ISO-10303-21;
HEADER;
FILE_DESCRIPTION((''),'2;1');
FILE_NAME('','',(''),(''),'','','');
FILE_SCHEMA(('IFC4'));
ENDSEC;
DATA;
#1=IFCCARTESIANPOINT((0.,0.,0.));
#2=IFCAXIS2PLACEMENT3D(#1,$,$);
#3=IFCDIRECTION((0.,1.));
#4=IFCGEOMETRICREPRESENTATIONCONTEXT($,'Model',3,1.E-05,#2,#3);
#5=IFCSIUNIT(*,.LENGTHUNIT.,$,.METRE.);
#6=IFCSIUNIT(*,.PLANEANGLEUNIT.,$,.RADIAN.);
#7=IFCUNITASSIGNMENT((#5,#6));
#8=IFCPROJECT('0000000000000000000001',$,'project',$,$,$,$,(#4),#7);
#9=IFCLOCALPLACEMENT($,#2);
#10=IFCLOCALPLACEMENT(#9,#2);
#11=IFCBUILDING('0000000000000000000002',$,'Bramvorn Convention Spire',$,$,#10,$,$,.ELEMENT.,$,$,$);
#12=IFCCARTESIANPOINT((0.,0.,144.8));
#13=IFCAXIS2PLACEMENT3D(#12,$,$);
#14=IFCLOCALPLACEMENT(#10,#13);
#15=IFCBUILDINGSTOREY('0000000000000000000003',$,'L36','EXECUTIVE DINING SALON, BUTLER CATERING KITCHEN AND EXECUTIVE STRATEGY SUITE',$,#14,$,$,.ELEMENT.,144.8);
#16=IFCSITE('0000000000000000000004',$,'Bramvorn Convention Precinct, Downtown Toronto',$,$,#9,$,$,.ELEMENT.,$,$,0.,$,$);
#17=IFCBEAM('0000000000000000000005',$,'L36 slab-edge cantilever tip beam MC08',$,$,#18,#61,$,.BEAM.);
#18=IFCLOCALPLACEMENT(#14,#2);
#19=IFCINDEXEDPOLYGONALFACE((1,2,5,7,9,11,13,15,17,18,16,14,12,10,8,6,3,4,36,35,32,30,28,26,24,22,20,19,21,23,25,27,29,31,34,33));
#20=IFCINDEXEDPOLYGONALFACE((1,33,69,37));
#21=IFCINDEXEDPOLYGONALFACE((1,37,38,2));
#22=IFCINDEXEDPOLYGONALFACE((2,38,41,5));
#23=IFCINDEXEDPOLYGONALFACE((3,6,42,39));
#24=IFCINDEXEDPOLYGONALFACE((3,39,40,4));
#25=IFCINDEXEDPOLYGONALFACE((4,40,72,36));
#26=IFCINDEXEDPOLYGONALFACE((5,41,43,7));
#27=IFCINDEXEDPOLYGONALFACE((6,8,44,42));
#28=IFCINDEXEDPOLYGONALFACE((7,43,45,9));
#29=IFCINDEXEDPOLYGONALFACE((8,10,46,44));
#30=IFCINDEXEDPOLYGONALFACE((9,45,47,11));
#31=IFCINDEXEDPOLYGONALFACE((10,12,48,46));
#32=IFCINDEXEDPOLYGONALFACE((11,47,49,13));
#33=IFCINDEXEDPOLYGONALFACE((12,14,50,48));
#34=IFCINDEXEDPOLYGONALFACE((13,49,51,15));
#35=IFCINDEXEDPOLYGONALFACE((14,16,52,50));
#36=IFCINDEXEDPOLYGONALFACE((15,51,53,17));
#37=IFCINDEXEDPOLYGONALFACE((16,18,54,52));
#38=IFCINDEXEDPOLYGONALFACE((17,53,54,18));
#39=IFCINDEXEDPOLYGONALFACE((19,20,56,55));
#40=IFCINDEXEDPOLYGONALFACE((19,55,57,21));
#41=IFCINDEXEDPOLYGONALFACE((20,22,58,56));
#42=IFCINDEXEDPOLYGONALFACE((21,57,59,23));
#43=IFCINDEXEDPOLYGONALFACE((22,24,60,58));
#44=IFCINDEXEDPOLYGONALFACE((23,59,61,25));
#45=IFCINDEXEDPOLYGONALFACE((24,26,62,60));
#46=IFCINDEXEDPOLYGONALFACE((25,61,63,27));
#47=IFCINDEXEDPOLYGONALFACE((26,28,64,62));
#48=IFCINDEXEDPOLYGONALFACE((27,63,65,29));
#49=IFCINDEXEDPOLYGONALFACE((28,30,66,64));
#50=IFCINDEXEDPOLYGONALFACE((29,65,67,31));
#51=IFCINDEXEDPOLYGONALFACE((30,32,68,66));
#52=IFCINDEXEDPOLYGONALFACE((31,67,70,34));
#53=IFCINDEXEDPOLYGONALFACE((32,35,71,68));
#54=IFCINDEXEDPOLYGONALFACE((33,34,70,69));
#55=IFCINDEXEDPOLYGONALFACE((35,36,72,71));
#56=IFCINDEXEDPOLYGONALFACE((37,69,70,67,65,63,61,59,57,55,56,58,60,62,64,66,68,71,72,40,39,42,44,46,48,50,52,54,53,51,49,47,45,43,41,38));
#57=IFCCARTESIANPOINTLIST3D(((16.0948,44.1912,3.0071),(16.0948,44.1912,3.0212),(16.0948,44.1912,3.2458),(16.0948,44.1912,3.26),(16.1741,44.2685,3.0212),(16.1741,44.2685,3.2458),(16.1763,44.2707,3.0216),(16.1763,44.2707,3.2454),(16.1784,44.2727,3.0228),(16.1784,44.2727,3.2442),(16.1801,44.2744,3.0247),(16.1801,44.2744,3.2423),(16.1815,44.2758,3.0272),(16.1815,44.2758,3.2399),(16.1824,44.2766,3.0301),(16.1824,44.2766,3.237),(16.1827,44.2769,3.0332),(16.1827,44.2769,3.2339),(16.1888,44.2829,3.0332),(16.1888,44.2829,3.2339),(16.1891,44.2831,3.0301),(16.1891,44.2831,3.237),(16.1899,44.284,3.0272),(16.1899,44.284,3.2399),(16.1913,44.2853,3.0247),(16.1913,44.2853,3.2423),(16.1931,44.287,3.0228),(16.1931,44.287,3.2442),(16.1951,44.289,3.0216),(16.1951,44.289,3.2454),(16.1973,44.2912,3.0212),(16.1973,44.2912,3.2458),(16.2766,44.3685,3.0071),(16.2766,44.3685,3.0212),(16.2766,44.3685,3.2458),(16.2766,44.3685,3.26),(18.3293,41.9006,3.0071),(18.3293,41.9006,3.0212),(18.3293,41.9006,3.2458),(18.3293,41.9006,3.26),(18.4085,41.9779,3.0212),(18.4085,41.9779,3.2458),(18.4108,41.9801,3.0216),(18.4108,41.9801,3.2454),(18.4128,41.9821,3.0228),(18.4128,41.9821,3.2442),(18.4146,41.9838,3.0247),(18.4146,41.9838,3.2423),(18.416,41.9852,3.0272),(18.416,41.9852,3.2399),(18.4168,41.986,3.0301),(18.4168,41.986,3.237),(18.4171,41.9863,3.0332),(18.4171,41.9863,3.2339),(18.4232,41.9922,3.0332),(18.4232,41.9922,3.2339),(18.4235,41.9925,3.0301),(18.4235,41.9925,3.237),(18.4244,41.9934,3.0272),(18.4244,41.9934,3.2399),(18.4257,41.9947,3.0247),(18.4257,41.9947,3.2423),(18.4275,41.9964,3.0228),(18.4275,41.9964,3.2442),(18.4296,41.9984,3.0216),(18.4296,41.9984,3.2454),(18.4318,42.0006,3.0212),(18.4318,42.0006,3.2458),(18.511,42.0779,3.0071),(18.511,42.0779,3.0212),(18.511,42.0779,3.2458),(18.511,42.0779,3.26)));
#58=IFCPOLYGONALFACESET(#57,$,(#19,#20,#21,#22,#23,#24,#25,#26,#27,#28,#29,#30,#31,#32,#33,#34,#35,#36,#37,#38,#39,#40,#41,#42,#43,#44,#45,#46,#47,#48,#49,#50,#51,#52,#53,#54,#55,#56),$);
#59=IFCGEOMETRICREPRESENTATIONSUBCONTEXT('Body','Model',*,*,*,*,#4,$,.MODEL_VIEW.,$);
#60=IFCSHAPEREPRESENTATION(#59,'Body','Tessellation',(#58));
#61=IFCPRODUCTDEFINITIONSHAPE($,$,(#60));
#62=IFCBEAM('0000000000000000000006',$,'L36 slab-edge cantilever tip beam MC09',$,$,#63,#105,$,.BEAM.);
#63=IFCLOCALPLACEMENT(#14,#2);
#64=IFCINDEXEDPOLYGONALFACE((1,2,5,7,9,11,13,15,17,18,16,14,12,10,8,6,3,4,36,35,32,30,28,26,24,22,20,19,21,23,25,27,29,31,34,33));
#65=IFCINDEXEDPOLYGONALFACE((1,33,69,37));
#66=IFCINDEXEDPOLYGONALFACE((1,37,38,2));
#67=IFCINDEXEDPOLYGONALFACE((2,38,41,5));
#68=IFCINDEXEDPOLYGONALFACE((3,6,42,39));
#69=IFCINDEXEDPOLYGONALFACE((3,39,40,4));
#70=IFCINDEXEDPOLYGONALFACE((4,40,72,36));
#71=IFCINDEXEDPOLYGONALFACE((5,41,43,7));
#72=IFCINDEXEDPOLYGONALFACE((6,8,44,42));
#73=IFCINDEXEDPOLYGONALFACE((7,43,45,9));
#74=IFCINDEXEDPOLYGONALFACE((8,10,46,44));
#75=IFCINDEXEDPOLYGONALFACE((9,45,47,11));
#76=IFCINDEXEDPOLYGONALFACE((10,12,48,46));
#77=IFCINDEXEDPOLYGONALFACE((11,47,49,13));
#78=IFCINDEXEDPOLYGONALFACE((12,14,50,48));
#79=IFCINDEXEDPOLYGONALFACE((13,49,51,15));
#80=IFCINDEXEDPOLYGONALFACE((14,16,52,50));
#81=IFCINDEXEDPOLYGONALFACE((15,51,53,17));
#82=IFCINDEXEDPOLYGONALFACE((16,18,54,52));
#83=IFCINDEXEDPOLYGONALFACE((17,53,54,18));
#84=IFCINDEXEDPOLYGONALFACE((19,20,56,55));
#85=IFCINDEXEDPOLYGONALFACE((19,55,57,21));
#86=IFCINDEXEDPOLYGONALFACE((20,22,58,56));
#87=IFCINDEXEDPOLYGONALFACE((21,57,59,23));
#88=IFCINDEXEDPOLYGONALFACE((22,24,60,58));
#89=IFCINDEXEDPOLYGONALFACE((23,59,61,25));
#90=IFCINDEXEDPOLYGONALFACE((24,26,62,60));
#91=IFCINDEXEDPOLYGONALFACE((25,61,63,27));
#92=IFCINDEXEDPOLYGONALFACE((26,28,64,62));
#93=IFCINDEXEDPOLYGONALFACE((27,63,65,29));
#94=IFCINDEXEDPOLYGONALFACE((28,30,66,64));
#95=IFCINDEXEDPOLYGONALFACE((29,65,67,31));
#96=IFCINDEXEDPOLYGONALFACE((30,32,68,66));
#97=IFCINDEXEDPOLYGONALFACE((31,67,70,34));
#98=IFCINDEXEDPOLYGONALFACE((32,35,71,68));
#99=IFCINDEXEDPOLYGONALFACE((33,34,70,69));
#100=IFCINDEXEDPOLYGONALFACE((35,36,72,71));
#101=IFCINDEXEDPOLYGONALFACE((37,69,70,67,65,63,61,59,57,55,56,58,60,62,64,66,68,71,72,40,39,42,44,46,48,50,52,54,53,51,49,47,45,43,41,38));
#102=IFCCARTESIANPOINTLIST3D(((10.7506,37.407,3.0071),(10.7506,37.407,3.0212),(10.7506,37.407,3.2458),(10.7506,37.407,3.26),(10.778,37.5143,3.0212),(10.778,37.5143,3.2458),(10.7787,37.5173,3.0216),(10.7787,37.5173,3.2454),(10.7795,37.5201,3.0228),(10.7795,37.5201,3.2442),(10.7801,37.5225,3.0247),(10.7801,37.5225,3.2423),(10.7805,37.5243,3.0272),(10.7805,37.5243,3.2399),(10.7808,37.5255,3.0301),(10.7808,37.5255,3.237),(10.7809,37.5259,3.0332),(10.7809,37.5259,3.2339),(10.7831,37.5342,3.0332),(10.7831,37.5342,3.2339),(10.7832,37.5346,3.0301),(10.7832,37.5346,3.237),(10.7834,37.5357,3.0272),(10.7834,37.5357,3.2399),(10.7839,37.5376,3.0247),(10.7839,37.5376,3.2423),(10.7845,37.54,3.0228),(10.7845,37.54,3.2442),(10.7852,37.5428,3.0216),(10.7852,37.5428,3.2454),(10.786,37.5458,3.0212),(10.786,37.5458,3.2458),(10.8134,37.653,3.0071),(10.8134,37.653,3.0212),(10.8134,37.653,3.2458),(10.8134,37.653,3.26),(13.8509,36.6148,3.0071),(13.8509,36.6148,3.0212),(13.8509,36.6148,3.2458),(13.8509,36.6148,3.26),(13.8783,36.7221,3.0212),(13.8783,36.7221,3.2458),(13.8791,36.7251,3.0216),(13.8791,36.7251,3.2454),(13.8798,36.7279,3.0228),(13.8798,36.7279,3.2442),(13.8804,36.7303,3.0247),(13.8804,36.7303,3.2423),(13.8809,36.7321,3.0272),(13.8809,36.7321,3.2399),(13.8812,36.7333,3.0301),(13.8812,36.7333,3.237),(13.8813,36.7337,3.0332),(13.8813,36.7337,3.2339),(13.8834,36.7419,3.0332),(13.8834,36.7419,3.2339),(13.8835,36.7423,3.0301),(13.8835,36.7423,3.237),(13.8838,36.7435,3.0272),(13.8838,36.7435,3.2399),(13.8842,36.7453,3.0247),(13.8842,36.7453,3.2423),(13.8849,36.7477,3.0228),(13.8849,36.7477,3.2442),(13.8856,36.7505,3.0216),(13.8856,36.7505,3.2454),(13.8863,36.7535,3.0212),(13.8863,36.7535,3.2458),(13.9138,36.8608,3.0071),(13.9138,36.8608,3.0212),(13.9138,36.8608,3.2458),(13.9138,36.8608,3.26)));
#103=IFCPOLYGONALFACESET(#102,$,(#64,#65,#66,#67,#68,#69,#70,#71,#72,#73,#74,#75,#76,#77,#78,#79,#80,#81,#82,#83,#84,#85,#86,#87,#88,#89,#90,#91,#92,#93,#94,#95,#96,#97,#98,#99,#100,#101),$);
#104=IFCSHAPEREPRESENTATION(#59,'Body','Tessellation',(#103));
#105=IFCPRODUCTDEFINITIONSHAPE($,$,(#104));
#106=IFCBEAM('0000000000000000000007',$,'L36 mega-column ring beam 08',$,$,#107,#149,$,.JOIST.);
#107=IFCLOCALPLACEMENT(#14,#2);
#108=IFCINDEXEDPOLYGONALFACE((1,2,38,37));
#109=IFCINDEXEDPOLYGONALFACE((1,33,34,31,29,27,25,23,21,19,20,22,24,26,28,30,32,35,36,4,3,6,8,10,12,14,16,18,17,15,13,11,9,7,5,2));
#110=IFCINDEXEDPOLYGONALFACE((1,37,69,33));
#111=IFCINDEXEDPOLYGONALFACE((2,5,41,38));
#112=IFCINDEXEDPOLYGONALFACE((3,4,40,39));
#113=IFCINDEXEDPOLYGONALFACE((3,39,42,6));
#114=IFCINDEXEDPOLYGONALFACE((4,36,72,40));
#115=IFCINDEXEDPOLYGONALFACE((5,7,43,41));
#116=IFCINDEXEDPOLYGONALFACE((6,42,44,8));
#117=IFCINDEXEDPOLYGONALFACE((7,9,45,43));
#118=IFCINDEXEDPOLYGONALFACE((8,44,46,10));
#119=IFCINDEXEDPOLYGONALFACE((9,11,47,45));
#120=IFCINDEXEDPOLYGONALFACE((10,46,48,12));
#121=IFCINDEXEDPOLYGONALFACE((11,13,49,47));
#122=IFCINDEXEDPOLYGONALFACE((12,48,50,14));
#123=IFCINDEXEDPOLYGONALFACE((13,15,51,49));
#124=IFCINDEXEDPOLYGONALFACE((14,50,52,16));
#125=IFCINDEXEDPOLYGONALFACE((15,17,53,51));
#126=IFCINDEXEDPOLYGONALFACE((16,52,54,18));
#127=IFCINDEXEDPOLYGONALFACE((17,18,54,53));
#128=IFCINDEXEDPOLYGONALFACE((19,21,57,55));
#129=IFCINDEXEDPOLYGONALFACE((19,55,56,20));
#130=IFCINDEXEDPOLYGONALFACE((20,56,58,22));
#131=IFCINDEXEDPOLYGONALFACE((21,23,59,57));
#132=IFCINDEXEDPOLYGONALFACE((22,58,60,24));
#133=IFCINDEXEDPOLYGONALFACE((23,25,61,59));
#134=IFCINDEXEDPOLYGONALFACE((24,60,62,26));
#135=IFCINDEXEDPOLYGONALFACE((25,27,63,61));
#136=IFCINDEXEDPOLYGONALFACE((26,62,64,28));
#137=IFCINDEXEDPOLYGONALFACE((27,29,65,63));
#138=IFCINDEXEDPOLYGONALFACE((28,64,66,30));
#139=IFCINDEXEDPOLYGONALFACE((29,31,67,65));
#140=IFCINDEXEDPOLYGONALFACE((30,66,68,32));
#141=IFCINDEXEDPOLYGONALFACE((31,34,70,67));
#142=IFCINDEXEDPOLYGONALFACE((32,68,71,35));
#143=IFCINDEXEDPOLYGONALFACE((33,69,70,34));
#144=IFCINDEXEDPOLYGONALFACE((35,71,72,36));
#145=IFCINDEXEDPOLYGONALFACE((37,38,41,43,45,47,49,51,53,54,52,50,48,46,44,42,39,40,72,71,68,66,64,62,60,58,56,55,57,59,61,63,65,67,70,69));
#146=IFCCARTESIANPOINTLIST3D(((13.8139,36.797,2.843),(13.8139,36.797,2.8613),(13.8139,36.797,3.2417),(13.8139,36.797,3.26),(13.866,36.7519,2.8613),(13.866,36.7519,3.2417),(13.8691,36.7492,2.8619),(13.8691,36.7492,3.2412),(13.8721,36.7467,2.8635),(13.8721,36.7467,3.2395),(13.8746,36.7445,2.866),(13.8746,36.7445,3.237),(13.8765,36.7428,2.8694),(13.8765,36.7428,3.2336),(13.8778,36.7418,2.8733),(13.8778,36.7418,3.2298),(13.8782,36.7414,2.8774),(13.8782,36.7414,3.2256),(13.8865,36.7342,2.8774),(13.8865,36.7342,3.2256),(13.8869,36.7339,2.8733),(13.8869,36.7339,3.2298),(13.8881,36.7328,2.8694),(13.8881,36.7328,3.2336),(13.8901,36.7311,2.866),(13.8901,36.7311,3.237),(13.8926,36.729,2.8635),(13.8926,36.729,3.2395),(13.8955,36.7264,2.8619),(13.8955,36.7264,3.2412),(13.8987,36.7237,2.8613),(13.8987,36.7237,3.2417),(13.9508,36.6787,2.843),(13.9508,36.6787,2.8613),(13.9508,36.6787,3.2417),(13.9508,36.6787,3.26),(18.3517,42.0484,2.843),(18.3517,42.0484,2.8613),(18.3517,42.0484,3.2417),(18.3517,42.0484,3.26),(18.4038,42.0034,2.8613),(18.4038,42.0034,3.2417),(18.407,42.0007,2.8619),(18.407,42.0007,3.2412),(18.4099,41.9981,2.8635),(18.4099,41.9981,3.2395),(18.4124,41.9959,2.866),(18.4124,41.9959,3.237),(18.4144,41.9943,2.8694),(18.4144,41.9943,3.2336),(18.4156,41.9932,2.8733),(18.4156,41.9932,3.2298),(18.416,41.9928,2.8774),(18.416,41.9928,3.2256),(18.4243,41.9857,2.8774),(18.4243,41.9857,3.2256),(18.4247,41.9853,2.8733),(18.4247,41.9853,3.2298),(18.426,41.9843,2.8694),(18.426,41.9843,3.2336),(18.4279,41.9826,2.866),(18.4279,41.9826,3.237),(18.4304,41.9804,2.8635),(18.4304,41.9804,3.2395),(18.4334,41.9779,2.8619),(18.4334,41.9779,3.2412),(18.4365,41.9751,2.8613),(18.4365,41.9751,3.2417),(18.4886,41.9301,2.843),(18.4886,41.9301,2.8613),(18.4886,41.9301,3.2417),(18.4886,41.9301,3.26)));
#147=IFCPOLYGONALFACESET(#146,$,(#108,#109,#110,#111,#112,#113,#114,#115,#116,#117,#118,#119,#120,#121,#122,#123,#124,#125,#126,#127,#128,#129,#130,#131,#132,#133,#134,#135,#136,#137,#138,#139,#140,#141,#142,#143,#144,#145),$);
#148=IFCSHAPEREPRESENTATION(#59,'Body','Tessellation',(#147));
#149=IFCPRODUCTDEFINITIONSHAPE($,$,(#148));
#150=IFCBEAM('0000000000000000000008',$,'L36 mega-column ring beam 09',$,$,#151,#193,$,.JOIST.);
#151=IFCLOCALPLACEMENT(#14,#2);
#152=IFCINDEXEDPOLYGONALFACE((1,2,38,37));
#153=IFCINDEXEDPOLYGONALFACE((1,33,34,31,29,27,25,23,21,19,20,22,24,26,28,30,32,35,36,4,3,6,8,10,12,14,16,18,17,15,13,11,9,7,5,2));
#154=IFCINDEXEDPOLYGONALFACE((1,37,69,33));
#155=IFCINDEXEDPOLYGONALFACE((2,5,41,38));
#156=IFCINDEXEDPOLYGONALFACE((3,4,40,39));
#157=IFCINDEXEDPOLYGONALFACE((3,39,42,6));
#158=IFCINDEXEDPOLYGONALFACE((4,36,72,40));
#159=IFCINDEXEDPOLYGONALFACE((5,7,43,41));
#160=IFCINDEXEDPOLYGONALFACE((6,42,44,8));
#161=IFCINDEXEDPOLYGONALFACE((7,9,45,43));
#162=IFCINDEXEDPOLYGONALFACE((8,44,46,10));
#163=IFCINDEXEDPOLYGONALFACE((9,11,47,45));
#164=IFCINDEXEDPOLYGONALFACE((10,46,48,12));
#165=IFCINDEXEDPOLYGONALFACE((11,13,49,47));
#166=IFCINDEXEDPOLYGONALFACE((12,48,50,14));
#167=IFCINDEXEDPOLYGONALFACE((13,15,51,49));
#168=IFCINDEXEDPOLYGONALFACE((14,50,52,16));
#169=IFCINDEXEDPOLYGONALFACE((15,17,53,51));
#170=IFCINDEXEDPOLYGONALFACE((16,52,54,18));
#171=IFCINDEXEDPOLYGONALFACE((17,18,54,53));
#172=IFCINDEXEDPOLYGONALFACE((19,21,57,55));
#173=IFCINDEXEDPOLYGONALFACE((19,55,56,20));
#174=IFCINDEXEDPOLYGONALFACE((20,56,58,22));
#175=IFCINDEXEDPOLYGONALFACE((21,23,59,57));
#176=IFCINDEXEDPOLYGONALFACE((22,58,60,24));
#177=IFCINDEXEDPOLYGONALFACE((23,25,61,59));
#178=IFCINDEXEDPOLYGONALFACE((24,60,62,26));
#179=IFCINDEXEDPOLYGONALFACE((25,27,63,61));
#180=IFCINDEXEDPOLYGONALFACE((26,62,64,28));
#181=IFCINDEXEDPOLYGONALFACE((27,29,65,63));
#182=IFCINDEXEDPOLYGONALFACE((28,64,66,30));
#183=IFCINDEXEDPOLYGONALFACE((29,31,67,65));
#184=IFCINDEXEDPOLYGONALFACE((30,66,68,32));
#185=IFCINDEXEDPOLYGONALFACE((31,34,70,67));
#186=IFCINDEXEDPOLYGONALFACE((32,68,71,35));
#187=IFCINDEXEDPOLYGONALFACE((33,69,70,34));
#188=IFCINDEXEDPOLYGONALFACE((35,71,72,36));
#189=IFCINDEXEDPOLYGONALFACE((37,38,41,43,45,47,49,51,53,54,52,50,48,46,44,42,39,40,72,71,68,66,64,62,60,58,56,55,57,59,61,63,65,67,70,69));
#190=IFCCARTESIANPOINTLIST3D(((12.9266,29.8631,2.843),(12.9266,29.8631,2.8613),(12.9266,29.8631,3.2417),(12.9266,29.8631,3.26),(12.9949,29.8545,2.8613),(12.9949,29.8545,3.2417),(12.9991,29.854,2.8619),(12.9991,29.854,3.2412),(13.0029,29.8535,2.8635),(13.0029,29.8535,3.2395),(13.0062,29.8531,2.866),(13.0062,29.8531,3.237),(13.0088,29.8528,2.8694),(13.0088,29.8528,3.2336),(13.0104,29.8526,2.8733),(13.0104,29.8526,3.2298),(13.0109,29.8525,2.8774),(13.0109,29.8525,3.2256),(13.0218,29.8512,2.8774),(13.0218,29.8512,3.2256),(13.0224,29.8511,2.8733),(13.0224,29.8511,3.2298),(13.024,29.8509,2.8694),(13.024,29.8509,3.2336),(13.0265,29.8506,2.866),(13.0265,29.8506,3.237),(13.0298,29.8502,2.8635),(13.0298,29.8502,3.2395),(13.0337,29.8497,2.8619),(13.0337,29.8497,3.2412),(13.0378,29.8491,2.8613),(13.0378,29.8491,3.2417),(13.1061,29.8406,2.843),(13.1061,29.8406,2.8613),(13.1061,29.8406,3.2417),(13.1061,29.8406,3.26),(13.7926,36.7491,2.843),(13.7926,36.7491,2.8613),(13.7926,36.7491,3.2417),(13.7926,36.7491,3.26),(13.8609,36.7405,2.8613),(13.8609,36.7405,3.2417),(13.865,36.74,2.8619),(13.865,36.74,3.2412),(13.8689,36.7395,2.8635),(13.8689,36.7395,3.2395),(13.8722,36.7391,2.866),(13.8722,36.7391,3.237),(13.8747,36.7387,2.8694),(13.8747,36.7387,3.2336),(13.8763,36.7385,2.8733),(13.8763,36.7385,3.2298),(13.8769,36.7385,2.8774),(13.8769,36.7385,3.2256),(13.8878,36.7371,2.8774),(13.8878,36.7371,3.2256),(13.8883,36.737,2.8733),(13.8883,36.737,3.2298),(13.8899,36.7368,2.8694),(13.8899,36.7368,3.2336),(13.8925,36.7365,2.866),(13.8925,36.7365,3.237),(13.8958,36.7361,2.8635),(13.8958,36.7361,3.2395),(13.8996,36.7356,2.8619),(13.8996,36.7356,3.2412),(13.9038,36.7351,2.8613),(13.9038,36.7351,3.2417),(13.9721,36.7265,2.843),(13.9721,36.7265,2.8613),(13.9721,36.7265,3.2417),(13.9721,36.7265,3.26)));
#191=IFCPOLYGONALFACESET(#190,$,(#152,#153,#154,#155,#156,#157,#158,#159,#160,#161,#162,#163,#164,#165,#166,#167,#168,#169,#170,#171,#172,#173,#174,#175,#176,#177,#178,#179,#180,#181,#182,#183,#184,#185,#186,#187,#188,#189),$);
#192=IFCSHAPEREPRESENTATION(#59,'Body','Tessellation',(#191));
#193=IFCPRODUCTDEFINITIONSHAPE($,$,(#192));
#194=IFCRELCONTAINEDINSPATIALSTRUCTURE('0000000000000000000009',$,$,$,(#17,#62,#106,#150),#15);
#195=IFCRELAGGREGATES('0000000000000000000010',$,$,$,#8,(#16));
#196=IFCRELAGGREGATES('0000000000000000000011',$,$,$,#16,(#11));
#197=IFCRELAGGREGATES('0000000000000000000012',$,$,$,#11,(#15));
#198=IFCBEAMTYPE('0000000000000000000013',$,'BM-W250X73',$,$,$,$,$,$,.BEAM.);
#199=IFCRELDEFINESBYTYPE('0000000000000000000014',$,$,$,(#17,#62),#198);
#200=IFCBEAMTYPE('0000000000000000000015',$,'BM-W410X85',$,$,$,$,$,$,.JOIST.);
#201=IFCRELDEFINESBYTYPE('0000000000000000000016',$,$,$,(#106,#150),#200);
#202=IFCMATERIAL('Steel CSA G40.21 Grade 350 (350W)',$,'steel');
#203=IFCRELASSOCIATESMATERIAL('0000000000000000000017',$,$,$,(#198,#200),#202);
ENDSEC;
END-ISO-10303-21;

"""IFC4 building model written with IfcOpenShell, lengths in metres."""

from ifc_helpers import new_model, si_unit, direction, frame, origin, origin_2d, place, context, subcontext, project, spatial, i_section, extrude, material, material_profile, profile_set, type_object, element, save


model = new_model("IFC4")

# Units and contexts
model_context = context("Model", 3, precision=1e-05, world=origin(), true_north=direction((0.0, 1.0)))
body_context = subcontext(model_context, "Body", "Model", "MODEL_VIEW")
ifc_project = project(units=[si_unit("LENGTHUNIT", "METRE"), si_unit("PLANEANGLEUNIT", "RADIAN")], contexts=[model_context])

# Site, building, storey
site_placement = place(None, origin())
site = spatial("IfcSite", under=ifc_project, at=site_placement, Name="Bramvorn Convention Precinct, Downtown Toronto", CompositionType="ELEMENT", RefElevation=0.0)
building_placement = place(site_placement, origin())
building = spatial("IfcBuilding", under=site, at=building_placement, Name="Bramvorn Convention Spire", CompositionType="ELEMENT")
storey_placement = place(building_placement, frame((0.0, 0.0, 144.8)))
storey = spatial("IfcBuildingStorey", under=building, at=storey_placement, Name="L36", Description="EXECUTIVE DINING SALON, BUTLER CATERING KITCHEN AND EXECUTIVE STRATEGY SUITE", CompositionType="ELEMENT", Elevation=144.8)

# Shared definitions
ifc_material_1 = material(Name="Steel CSA G40.21 Grade 350 (350W)", Category="steel")

# Beams
ifc_material_profile_1 = material_profile(ifc_material_1, i_section(OverallWidth=0.2539, OverallDepth=0.2529, WebThickness=0.0085, FlangeThickness=0.0142, FilletRadius=0.012, at=origin_2d()))
ifc_profile_set_1 = profile_set([ifc_material_profile_1], Name="Steel CSA G40.21 Grade 350 (350W) - W250X73")
beam_type_1 = type_object("IfcBeamType", Name="BM-W250X73", PredefinedType="BEAM", material=ifc_profile_set_1)
for number, where, z_axis, x_axis, name in (
    (1, (18.4202, 41.9893, 3.1335), (-0.698278, 0.715827, 0.0), (-0.715827, -0.698278, 0.0), "L36 slab-edge cantilever tip beam MC08"),
    (2, (13.8823, 36.7378, 3.1335), (-0.968868, 0.247577, 0.0), (-0.247577, -0.968868, 0.0), "L36 slab-edge cantilever tip beam MC09"),
):
    element("IfcBeam", number, at=place(storey_placement, frame(where, z_axis=z_axis, x_axis=x_axis)), inside=storey, type_object=beam_type_1, Name=name, PredefinedType="BEAM", context=body_context, shape_type="SweptSolid", body=[
        extrude(i_section(OverallWidth=0.2539, OverallDepth=0.2529, WebThickness=0.0085, FlangeThickness=0.0142, FilletRadius=0.012, at=origin_2d()), origin(), (0.0, 0.0, 1.0), 3.2),
    ])
ifc_material_profile_2 = material_profile(ifc_material_1, i_section(OverallWidth=0.1809, OverallDepth=0.417, WebThickness=0.011, FlangeThickness=0.0183, FilletRadius=0.0161, at=origin_2d()))
ifc_profile_set_2 = profile_set([ifc_material_profile_2], Name="Steel CSA G40.21 Grade 350 (350W) - W410X85")
beam_type_2 = type_object("IfcBeamType", Name="BM-W410X85", PredefinedType="JOIST", material=ifc_profile_set_2)
beam_1_placement = place(storey_placement, frame((18.4202, 41.9893, 3.0515), z_axis=(-0.653825, -0.756646, 0.0), x_axis=(0.756646, -0.653825, 0.0)))
element("IfcBeam", 3, at=beam_1_placement, inside=storey, type_object=beam_type_2, Name="L36 mega-column ring beam 08", PredefinedType="JOIST", context=body_context, shape_type="SweptSolid", body=[
    extrude(i_section(OverallWidth=0.1809, OverallDepth=0.417, WebThickness=0.011, FlangeThickness=0.0183, FilletRadius=0.0161, at=origin_2d()), origin(), (0.0, 0.0, 1.0), 6.9404),
])
beam_2_placement = place(storey_placement, frame((13.8823, 36.7378, 3.0515), z_axis=(-0.124775, -0.992185, 0.0), x_axis=(0.992185, -0.124775, 0.0)))
element("IfcBeam", 4, at=beam_2_placement, inside=storey, type_object=beam_type_2, Name="L36 mega-column ring beam 09", PredefinedType="JOIST", context=body_context, shape_type="SweptSolid", body=[
    extrude(i_section(OverallWidth=0.1809, OverallDepth=0.417, WebThickness=0.011, FlangeThickness=0.0183, FilletRadius=0.0161, at=origin_2d()), origin(), (0.0, 0.0, 1.0), 6.9402),
])

save(model, "model.ifc")
